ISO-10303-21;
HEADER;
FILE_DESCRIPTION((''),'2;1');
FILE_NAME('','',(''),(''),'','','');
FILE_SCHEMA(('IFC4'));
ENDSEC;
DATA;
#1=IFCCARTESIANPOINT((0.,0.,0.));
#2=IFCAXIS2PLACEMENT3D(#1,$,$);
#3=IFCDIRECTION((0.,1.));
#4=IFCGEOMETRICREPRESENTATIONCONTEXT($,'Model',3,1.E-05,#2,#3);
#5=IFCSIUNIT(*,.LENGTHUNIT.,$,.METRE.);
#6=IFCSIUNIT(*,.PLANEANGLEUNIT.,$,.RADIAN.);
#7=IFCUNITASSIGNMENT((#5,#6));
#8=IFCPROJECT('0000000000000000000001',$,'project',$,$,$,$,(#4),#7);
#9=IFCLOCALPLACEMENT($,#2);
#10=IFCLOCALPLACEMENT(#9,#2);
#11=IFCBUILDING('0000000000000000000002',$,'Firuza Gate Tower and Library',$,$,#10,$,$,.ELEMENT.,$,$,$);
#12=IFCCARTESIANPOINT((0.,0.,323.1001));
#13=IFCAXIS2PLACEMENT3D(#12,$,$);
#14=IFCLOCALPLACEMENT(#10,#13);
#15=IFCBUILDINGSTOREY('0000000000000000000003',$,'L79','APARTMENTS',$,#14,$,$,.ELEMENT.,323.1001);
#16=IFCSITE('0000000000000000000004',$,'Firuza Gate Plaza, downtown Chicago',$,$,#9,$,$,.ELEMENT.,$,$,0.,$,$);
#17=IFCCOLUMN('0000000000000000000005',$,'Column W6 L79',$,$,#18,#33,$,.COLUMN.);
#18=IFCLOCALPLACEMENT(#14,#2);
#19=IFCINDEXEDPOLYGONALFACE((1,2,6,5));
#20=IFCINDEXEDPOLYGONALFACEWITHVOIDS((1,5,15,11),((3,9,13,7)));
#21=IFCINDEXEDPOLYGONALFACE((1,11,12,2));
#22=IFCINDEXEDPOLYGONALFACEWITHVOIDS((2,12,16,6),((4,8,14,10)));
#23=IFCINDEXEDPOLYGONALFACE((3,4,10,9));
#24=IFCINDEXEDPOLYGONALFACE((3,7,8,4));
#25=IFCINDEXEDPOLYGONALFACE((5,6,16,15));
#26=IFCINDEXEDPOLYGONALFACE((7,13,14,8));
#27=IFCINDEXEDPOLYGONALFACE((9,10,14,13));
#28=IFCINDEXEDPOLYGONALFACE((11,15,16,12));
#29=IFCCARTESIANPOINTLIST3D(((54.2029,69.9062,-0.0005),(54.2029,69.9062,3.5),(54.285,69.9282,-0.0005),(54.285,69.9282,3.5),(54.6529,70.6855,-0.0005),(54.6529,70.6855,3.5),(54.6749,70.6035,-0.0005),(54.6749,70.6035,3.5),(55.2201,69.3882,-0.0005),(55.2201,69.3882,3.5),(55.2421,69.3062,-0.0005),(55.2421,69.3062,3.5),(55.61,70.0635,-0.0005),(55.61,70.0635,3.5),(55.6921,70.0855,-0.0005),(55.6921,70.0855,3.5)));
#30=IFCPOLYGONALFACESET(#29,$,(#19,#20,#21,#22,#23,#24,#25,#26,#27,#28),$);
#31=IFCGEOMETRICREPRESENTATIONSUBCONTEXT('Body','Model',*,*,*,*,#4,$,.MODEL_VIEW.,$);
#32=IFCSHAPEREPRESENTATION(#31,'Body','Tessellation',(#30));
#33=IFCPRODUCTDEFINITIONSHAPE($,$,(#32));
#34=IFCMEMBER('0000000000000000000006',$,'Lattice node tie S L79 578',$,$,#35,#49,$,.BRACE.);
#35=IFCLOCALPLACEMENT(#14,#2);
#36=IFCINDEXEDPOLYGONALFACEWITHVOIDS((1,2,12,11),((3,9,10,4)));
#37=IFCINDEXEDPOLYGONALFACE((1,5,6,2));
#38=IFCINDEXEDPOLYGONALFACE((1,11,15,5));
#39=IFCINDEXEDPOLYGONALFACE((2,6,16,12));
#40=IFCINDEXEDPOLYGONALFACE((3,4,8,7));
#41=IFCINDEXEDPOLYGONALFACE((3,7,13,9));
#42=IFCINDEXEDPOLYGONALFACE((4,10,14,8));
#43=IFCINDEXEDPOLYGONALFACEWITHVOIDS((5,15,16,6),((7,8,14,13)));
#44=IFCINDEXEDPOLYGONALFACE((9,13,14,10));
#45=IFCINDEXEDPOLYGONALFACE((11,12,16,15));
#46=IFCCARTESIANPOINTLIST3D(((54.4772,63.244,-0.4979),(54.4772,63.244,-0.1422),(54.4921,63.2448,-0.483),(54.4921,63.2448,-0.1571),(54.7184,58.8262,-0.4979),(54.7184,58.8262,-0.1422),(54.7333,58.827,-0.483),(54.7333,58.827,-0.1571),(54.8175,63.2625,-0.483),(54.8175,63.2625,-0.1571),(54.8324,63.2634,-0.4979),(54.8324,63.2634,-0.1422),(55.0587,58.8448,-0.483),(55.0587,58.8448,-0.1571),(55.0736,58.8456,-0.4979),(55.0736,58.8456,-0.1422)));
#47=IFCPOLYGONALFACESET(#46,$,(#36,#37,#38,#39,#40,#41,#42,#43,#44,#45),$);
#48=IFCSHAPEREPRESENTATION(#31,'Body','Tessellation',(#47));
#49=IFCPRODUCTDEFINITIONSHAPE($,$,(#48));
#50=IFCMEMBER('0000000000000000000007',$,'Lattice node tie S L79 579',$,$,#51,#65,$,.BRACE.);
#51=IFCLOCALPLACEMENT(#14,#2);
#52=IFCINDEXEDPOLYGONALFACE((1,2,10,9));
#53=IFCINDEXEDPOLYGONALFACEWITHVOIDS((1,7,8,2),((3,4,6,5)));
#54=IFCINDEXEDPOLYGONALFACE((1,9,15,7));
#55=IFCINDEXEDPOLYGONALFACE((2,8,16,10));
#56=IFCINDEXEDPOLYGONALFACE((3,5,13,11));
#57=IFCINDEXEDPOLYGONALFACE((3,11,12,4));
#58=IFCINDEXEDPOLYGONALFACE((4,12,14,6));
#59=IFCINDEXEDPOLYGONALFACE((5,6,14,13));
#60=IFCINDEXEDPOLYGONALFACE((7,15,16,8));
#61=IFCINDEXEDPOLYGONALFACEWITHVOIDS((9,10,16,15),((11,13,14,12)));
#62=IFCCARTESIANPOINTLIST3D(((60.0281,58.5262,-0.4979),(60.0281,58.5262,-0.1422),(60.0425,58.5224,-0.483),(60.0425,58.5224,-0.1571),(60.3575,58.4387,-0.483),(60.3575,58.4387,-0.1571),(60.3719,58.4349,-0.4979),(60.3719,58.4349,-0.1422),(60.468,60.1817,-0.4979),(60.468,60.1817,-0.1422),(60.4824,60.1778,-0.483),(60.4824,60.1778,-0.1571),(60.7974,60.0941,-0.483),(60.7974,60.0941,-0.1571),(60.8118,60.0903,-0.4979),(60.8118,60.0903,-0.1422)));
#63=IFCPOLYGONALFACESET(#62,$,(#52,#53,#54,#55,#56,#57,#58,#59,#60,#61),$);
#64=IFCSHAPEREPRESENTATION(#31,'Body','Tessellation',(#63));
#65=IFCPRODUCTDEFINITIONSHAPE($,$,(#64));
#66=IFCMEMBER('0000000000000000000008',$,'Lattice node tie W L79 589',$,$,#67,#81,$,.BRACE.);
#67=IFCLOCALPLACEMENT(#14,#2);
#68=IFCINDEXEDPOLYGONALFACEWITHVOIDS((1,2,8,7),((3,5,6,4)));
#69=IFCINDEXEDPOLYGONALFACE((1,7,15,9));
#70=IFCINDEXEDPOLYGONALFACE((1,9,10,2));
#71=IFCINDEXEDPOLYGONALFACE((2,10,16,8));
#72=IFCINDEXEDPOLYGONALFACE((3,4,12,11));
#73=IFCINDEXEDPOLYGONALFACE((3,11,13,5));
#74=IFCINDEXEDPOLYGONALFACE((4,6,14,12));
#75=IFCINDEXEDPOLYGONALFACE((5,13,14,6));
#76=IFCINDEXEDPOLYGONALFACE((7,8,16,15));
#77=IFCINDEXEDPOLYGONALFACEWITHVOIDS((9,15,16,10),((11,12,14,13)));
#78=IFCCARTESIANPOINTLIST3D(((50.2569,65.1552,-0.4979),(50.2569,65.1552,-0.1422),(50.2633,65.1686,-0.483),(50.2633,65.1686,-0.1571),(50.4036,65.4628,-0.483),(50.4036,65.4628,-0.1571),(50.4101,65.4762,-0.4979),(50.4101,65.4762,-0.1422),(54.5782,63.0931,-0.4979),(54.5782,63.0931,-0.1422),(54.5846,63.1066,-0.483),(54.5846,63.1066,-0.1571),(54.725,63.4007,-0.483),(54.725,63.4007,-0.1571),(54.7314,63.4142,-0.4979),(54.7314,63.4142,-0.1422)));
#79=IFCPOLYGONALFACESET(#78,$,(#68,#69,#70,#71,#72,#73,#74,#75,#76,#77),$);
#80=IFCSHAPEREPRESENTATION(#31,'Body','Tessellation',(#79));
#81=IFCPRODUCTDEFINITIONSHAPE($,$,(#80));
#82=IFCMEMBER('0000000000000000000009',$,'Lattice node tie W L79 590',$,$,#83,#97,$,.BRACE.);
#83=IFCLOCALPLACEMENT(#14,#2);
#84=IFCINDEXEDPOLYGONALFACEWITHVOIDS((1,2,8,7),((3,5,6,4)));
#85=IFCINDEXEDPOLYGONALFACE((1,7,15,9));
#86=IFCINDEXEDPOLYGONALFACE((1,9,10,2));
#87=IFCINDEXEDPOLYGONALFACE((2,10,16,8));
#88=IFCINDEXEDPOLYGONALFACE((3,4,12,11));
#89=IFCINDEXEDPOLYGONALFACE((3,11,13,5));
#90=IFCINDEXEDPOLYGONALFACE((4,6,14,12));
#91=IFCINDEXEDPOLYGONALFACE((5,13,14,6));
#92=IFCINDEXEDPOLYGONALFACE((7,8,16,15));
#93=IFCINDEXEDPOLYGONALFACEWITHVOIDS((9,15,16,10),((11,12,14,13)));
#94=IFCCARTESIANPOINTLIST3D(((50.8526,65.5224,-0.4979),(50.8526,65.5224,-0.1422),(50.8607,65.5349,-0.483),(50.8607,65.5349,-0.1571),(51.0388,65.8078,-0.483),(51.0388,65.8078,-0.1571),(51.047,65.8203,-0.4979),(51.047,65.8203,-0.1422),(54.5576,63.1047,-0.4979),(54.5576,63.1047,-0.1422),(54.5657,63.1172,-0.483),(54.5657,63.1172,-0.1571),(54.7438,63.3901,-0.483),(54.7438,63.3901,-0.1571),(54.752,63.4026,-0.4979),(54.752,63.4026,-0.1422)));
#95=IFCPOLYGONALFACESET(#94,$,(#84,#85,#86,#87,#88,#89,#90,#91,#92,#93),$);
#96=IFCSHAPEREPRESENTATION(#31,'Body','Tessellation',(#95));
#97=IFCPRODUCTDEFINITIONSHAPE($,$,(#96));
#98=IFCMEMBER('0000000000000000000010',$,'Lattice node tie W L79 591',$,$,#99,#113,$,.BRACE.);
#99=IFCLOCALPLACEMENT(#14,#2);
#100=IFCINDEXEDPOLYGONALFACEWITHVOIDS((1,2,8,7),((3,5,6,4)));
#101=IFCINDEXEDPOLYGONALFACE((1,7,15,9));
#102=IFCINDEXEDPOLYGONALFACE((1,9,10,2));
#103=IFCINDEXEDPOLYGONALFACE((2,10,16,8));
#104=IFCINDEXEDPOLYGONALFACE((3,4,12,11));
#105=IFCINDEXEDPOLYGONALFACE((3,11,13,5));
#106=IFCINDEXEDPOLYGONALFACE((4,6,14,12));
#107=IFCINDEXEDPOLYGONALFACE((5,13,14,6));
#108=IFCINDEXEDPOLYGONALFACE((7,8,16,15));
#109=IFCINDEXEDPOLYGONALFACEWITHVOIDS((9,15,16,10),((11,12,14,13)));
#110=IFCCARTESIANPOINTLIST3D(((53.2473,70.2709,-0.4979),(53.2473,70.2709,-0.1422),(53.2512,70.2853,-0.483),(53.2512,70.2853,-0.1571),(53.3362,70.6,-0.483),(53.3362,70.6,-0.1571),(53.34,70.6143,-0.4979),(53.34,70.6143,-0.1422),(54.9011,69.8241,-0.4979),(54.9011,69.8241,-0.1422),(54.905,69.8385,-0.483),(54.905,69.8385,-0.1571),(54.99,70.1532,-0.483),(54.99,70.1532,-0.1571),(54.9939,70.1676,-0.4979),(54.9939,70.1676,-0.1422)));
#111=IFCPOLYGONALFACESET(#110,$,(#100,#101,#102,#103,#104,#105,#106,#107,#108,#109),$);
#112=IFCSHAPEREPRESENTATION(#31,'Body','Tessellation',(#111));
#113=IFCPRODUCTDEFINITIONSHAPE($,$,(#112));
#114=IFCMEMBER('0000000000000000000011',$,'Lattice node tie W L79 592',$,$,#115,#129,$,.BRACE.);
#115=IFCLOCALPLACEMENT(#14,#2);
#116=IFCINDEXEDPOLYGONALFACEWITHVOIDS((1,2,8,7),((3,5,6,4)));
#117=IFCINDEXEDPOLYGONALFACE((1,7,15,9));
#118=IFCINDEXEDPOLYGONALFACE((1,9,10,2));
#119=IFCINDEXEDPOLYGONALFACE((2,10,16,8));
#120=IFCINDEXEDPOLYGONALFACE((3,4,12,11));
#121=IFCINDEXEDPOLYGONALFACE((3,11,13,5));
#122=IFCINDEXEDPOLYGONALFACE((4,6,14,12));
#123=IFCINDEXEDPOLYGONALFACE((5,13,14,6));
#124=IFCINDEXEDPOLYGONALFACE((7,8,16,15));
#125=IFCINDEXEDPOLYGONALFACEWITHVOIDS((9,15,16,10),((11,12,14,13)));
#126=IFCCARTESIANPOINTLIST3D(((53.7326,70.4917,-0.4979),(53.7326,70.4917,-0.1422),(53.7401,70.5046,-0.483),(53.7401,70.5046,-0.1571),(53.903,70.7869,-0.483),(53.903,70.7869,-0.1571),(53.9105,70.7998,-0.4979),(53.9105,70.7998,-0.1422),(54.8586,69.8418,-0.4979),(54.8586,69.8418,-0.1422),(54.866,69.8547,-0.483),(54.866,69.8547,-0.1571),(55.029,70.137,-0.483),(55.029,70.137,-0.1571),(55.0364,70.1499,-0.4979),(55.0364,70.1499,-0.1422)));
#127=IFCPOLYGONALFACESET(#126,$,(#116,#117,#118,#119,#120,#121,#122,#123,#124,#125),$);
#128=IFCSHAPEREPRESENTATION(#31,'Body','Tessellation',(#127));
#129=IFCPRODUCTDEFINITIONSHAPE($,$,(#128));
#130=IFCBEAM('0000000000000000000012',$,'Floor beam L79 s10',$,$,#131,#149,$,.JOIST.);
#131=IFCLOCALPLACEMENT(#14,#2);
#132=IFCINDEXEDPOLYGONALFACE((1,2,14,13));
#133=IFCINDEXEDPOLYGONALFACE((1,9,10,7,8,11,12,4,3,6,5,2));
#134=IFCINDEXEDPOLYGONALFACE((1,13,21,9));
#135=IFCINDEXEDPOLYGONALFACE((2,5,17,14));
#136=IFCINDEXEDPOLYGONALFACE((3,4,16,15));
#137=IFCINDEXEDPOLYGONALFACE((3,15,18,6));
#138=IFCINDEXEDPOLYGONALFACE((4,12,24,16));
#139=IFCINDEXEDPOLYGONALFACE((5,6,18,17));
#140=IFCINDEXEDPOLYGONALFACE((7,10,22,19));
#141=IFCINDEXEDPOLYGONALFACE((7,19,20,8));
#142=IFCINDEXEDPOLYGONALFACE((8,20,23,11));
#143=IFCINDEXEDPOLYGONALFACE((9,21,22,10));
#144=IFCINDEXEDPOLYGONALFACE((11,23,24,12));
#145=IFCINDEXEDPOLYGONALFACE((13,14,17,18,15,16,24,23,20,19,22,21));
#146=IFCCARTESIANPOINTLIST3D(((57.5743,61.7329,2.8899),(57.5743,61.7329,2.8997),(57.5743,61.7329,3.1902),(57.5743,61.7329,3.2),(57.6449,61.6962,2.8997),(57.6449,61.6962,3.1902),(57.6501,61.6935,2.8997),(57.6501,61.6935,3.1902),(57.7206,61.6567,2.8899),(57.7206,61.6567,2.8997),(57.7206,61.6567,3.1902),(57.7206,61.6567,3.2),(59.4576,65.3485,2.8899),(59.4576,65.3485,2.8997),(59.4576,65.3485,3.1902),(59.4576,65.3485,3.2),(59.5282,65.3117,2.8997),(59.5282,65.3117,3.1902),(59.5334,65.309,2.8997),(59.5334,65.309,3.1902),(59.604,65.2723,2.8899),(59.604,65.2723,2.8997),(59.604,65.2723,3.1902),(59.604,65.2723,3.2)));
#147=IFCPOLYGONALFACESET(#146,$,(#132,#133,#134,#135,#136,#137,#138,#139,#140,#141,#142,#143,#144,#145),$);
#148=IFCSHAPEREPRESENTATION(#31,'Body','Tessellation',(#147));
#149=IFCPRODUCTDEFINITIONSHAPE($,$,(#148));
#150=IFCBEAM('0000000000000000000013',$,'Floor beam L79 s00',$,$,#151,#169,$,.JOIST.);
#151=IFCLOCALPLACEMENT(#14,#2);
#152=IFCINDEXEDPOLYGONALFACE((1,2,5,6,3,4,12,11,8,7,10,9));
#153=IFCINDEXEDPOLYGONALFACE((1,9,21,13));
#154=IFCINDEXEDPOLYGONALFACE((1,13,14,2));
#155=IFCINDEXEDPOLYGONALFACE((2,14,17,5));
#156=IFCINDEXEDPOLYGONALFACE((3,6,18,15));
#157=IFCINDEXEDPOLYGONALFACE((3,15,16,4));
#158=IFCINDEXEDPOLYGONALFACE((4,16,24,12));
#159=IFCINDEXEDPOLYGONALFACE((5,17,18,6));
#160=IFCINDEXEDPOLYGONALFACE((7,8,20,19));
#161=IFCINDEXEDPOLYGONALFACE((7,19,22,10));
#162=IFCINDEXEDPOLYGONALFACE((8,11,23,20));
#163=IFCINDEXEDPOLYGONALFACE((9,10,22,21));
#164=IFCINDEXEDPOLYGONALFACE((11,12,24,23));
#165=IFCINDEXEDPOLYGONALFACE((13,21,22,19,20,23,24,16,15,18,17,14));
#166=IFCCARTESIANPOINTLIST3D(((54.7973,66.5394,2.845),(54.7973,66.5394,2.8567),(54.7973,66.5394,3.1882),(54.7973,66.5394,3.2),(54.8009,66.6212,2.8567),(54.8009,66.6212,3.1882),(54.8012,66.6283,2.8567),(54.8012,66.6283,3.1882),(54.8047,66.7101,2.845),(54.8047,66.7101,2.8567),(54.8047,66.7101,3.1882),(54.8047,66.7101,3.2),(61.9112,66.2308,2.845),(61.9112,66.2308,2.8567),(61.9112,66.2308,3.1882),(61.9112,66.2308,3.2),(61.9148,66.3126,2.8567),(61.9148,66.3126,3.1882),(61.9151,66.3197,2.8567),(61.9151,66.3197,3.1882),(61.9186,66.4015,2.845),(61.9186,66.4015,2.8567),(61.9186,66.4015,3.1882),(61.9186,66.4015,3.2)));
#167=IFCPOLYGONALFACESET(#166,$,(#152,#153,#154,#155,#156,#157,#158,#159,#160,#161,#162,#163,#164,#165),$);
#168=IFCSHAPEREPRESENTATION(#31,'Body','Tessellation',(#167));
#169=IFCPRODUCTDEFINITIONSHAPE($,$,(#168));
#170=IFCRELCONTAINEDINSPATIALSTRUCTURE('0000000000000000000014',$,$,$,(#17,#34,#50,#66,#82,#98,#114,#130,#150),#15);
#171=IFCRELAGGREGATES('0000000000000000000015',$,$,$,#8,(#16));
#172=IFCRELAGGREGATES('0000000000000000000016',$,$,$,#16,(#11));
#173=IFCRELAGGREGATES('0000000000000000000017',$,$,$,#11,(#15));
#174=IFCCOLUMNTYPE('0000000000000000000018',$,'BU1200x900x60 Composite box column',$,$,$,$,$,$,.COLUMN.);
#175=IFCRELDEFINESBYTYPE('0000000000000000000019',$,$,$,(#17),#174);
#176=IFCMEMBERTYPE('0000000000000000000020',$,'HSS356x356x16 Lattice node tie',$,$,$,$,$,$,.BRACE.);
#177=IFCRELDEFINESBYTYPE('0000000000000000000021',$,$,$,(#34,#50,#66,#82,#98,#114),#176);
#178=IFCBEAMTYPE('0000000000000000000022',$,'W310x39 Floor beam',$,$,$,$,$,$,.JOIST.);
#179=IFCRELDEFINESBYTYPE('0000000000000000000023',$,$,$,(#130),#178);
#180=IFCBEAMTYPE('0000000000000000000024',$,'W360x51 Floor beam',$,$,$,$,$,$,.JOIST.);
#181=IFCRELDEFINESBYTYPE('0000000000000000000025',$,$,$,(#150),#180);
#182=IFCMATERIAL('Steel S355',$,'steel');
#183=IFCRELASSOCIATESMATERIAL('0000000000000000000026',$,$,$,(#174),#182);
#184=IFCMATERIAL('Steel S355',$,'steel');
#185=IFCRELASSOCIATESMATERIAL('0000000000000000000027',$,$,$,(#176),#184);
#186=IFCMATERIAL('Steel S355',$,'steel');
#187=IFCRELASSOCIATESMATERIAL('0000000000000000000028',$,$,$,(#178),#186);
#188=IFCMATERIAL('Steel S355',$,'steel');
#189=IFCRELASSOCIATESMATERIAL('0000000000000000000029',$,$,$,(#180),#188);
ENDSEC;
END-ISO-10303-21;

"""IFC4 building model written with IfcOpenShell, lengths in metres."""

from ifc_helpers import new_model, si_unit, direction, frame, origin, origin_2d, place, context, subcontext, project, spatial, hollow_rectangle, i_section, extrude, material, material_profile, profile_set, type_object, element, save


model = new_model("IFC4")

# Units and contexts
model_context = context("Model", 3, precision=1e-05, world=origin(), true_north=direction((0.0, 1.0)))
body_context = subcontext(model_context, "Body", "Model", "MODEL_VIEW")
ifc_project = project(units=[si_unit("LENGTHUNIT", "METRE"), si_unit("PLANEANGLEUNIT", "RADIAN")], contexts=[model_context])

# Site, building, storey
site_placement = place(None, origin())
site = spatial("IfcSite", under=ifc_project, at=site_placement, Name="Firuza Gate Plaza, downtown Chicago", CompositionType="ELEMENT", RefElevation=0.0)
building_placement = place(site_placement, origin())
building = spatial("IfcBuilding", under=site, at=building_placement, Name="Firuza Gate Tower and Library", CompositionType="ELEMENT")
storey_placement = place(building_placement, frame((0.0, 0.0, 323.1001)))
storey = spatial("IfcBuildingStorey", under=building, at=storey_placement, Name="L79", Description="APARTMENTS", CompositionType="ELEMENT", Elevation=323.1001)

# Column
ifc_material_1 = material(Name="Steel S355", Category="steel")
ifc_material_profile_1 = material_profile(ifc_material_1, hollow_rectangle(XDim=0.8999, YDim=1.2, WallThickness=0.0601, at=origin_2d()))
ifc_profile_set_1 = profile_set([ifc_material_profile_1], Name="Steel S355")
column_type = type_object("IfcColumnType", Name="BU1200x900x60 Composite box column", PredefinedType="COLUMN", material=ifc_profile_set_1)
column_placement = place(storey_placement, frame((54.9475, 69.9958, -0.0005), z_axis=(0.0, 0.0, 1.0), x_axis=(-0.5, -0.866025, 0.0)))
element("IfcColumn", 1, at=column_placement, inside=storey, type_object=column_type, Name="Column W6 L79", PredefinedType="COLUMN", context=body_context, shape_type="SweptSolid", body=[
    extrude(hollow_rectangle(XDim=0.8999, YDim=1.2, WallThickness=0.0601, at=origin_2d()), origin(), (0.0, 0.0, 1.0), 3.5005),
])

# Members
ifc_material_2 = material(Name="Steel S355", Category="steel")
ifc_material_profile_2 = material_profile(ifc_material_2, hollow_rectangle(XDim=0.3557, YDim=0.3557, WallThickness=0.0149, at=origin_2d()))
ifc_profile_set_2 = profile_set([ifc_material_profile_2], Name="Steel S355")
member_type = type_object("IfcMemberType", Name="HSS356x356x16 Lattice node tie", PredefinedType="BRACE", material=ifc_profile_set_2)
member_1_placement = place(storey_placement, frame((54.6548, 63.2537, -0.3201), z_axis=(0.05452, -0.998513, 0.0), x_axis=(0.998513, 0.05452, 0.0)))
element("IfcMember", 2, at=member_1_placement, inside=storey, type_object=member_type, Name="Lattice node tie S L79 578", PredefinedType="BRACE", context=body_context, shape_type="SweptSolid", body=[
    extrude(hollow_rectangle(XDim=0.3557, YDim=0.3557, WallThickness=0.0149, at=origin_2d()), origin(), (0.0, 0.0, 1.0), 4.4243),
])
member_2_placement = place(storey_placement, frame((60.6399, 60.136, -0.3201), z_axis=(-0.256829, -0.966457, 0.0), x_axis=(0.966457, -0.256829, 0.0)))
element("IfcMember", 3, at=member_2_placement, inside=storey, type_object=member_type, Name="Lattice node tie S L79 579", PredefinedType="BRACE", context=body_context, shape_type="SweptSolid", body=[
    extrude(hollow_rectangle(XDim=0.3557, YDim=0.3557, WallThickness=0.0149, at=origin_2d()), origin(), (0.0, 0.0, 1.0), 1.7129),
])
member_3_placement = place(storey_placement, frame((54.6548, 63.2537, -0.3201), z_axis=(-0.902515, 0.430658, 0.0), x_axis=(-0.430658, -0.902515, 0.0)))
element("IfcMember", 4, at=member_3_placement, inside=storey, type_object=member_type, Name="Lattice node tie W L79 589", PredefinedType="BRACE", context=body_context, shape_type="SweptSolid", body=[
    extrude(hollow_rectangle(XDim=0.3557, YDim=0.3557, WallThickness=0.0149, at=origin_2d()), origin(), (0.0, 0.0, 1.0), 4.7881),
])
member_4_placement = place(storey_placement, frame((54.6548, 63.2537, -0.3201), z_axis=(-0.837469, 0.546485, 0.0), x_axis=(-0.546485, -0.837469, 0.0)))
element("IfcMember", 5, at=member_4_placement, inside=storey, type_object=member_type, Name="Lattice node tie W L79 590", PredefinedType="BRACE", context=body_context, shape_type="SweptSolid", body=[
    extrude(hollow_rectangle(XDim=0.3557, YDim=0.3557, WallThickness=0.0149, at=origin_2d()), origin(), (0.0, 0.0, 1.0), 4.4241),
])
member_5_placement = place(storey_placement, frame((54.9475, 69.9958, -0.3201), z_axis=(-0.965392, 0.260801, 0.0), x_axis=(-0.260801, -0.965392, 0.0)))
element("IfcMember", 6, at=member_5_placement, inside=storey, type_object=member_type, Name="Lattice node tie W L79 591", PredefinedType="BRACE", context=body_context, shape_type="SweptSolid", body=[
    extrude(hollow_rectangle(XDim=0.3557, YDim=0.3557, WallThickness=0.0149, at=origin_2d()), origin(), (0.0, 0.0, 1.0), 1.7131),
])
member_6_placement = place(storey_placement, frame((54.9475, 69.9958, -0.3201), z_axis=(-0.866086, 0.499896, 0.0), x_axis=(-0.499896, -0.866086, 0.0)))
element("IfcMember", 7, at=member_6_placement, inside=storey, type_object=member_type, Name="Lattice node tie W L79 592", PredefinedType="BRACE", context=body_context, shape_type="SweptSolid", body=[
    extrude(hollow_rectangle(XDim=0.3557, YDim=0.3557, WallThickness=0.0149, at=origin_2d()), origin(), (0.0, 0.0, 1.0), 1.3),
])

# Beams
ifc_material_3 = material(Name="Steel S355", Category="steel")
ifc_material_profile_3 = material_profile(ifc_material_3, i_section(OverallWidth=0.165, OverallDepth=0.3101, WebThickness=0.0059, FlangeThickness=0.0098, at=origin_2d()))
ifc_profile_set_3 = profile_set([ifc_material_profile_3], Name="Steel S355")
beam_type_1 = type_object("IfcBeamType", Name="W310x39 Floor beam", PredefinedType="JOIST", material=ifc_profile_set_3)
beam_1_placement = place(storey_placement, frame((57.6475, 61.6948, 3.0449), z_axis=(0.461981, 0.88689, 0.0), x_axis=(-0.88689, 0.461981, 0.0)))
element("IfcBeam", 8, at=beam_1_placement, inside=storey, type_object=beam_type_1, Name="Floor beam L79 s10", PredefinedType="JOIST", context=body_context, shape_type="SweptSolid", body=[
    extrude(i_section(OverallWidth=0.165, OverallDepth=0.3101, WebThickness=0.0059, FlangeThickness=0.0098, at=origin_2d()), origin(), (0.0, 0.0, 1.0), 4.0767),
])
ifc_material_4 = material(Name="Steel S355", Category="steel")
ifc_material_profile_4 = material_profile(ifc_material_4, i_section(OverallWidth=0.1709, OverallDepth=0.355, WebThickness=0.0071, FlangeThickness=0.0117, at=origin_2d()))
ifc_profile_set_4 = profile_set([ifc_material_profile_4], Name="Steel S355")
beam_type_2 = type_object("IfcBeamType", Name="W360x51 Floor beam", PredefinedType="JOIST", material=ifc_profile_set_4)
beam_2_placement = place(storey_placement, frame((54.801, 66.6248, 3.0225), z_axis=(0.99906, -0.043338, 0.0), x_axis=(0.043338, 0.99906, 0.0)))
element("IfcBeam", 9, at=beam_2_placement, inside=storey, type_object=beam_type_2, Name="Floor beam L79 s00", PredefinedType="JOIST", context=body_context, shape_type="SweptSolid", body=[
    extrude(i_section(OverallWidth=0.1709, OverallDepth=0.355, WebThickness=0.0071, FlangeThickness=0.0117, at=origin_2d()), origin(), (0.0, 0.0, 1.0), 7.1206),
])

save(model, "model.ifc")
